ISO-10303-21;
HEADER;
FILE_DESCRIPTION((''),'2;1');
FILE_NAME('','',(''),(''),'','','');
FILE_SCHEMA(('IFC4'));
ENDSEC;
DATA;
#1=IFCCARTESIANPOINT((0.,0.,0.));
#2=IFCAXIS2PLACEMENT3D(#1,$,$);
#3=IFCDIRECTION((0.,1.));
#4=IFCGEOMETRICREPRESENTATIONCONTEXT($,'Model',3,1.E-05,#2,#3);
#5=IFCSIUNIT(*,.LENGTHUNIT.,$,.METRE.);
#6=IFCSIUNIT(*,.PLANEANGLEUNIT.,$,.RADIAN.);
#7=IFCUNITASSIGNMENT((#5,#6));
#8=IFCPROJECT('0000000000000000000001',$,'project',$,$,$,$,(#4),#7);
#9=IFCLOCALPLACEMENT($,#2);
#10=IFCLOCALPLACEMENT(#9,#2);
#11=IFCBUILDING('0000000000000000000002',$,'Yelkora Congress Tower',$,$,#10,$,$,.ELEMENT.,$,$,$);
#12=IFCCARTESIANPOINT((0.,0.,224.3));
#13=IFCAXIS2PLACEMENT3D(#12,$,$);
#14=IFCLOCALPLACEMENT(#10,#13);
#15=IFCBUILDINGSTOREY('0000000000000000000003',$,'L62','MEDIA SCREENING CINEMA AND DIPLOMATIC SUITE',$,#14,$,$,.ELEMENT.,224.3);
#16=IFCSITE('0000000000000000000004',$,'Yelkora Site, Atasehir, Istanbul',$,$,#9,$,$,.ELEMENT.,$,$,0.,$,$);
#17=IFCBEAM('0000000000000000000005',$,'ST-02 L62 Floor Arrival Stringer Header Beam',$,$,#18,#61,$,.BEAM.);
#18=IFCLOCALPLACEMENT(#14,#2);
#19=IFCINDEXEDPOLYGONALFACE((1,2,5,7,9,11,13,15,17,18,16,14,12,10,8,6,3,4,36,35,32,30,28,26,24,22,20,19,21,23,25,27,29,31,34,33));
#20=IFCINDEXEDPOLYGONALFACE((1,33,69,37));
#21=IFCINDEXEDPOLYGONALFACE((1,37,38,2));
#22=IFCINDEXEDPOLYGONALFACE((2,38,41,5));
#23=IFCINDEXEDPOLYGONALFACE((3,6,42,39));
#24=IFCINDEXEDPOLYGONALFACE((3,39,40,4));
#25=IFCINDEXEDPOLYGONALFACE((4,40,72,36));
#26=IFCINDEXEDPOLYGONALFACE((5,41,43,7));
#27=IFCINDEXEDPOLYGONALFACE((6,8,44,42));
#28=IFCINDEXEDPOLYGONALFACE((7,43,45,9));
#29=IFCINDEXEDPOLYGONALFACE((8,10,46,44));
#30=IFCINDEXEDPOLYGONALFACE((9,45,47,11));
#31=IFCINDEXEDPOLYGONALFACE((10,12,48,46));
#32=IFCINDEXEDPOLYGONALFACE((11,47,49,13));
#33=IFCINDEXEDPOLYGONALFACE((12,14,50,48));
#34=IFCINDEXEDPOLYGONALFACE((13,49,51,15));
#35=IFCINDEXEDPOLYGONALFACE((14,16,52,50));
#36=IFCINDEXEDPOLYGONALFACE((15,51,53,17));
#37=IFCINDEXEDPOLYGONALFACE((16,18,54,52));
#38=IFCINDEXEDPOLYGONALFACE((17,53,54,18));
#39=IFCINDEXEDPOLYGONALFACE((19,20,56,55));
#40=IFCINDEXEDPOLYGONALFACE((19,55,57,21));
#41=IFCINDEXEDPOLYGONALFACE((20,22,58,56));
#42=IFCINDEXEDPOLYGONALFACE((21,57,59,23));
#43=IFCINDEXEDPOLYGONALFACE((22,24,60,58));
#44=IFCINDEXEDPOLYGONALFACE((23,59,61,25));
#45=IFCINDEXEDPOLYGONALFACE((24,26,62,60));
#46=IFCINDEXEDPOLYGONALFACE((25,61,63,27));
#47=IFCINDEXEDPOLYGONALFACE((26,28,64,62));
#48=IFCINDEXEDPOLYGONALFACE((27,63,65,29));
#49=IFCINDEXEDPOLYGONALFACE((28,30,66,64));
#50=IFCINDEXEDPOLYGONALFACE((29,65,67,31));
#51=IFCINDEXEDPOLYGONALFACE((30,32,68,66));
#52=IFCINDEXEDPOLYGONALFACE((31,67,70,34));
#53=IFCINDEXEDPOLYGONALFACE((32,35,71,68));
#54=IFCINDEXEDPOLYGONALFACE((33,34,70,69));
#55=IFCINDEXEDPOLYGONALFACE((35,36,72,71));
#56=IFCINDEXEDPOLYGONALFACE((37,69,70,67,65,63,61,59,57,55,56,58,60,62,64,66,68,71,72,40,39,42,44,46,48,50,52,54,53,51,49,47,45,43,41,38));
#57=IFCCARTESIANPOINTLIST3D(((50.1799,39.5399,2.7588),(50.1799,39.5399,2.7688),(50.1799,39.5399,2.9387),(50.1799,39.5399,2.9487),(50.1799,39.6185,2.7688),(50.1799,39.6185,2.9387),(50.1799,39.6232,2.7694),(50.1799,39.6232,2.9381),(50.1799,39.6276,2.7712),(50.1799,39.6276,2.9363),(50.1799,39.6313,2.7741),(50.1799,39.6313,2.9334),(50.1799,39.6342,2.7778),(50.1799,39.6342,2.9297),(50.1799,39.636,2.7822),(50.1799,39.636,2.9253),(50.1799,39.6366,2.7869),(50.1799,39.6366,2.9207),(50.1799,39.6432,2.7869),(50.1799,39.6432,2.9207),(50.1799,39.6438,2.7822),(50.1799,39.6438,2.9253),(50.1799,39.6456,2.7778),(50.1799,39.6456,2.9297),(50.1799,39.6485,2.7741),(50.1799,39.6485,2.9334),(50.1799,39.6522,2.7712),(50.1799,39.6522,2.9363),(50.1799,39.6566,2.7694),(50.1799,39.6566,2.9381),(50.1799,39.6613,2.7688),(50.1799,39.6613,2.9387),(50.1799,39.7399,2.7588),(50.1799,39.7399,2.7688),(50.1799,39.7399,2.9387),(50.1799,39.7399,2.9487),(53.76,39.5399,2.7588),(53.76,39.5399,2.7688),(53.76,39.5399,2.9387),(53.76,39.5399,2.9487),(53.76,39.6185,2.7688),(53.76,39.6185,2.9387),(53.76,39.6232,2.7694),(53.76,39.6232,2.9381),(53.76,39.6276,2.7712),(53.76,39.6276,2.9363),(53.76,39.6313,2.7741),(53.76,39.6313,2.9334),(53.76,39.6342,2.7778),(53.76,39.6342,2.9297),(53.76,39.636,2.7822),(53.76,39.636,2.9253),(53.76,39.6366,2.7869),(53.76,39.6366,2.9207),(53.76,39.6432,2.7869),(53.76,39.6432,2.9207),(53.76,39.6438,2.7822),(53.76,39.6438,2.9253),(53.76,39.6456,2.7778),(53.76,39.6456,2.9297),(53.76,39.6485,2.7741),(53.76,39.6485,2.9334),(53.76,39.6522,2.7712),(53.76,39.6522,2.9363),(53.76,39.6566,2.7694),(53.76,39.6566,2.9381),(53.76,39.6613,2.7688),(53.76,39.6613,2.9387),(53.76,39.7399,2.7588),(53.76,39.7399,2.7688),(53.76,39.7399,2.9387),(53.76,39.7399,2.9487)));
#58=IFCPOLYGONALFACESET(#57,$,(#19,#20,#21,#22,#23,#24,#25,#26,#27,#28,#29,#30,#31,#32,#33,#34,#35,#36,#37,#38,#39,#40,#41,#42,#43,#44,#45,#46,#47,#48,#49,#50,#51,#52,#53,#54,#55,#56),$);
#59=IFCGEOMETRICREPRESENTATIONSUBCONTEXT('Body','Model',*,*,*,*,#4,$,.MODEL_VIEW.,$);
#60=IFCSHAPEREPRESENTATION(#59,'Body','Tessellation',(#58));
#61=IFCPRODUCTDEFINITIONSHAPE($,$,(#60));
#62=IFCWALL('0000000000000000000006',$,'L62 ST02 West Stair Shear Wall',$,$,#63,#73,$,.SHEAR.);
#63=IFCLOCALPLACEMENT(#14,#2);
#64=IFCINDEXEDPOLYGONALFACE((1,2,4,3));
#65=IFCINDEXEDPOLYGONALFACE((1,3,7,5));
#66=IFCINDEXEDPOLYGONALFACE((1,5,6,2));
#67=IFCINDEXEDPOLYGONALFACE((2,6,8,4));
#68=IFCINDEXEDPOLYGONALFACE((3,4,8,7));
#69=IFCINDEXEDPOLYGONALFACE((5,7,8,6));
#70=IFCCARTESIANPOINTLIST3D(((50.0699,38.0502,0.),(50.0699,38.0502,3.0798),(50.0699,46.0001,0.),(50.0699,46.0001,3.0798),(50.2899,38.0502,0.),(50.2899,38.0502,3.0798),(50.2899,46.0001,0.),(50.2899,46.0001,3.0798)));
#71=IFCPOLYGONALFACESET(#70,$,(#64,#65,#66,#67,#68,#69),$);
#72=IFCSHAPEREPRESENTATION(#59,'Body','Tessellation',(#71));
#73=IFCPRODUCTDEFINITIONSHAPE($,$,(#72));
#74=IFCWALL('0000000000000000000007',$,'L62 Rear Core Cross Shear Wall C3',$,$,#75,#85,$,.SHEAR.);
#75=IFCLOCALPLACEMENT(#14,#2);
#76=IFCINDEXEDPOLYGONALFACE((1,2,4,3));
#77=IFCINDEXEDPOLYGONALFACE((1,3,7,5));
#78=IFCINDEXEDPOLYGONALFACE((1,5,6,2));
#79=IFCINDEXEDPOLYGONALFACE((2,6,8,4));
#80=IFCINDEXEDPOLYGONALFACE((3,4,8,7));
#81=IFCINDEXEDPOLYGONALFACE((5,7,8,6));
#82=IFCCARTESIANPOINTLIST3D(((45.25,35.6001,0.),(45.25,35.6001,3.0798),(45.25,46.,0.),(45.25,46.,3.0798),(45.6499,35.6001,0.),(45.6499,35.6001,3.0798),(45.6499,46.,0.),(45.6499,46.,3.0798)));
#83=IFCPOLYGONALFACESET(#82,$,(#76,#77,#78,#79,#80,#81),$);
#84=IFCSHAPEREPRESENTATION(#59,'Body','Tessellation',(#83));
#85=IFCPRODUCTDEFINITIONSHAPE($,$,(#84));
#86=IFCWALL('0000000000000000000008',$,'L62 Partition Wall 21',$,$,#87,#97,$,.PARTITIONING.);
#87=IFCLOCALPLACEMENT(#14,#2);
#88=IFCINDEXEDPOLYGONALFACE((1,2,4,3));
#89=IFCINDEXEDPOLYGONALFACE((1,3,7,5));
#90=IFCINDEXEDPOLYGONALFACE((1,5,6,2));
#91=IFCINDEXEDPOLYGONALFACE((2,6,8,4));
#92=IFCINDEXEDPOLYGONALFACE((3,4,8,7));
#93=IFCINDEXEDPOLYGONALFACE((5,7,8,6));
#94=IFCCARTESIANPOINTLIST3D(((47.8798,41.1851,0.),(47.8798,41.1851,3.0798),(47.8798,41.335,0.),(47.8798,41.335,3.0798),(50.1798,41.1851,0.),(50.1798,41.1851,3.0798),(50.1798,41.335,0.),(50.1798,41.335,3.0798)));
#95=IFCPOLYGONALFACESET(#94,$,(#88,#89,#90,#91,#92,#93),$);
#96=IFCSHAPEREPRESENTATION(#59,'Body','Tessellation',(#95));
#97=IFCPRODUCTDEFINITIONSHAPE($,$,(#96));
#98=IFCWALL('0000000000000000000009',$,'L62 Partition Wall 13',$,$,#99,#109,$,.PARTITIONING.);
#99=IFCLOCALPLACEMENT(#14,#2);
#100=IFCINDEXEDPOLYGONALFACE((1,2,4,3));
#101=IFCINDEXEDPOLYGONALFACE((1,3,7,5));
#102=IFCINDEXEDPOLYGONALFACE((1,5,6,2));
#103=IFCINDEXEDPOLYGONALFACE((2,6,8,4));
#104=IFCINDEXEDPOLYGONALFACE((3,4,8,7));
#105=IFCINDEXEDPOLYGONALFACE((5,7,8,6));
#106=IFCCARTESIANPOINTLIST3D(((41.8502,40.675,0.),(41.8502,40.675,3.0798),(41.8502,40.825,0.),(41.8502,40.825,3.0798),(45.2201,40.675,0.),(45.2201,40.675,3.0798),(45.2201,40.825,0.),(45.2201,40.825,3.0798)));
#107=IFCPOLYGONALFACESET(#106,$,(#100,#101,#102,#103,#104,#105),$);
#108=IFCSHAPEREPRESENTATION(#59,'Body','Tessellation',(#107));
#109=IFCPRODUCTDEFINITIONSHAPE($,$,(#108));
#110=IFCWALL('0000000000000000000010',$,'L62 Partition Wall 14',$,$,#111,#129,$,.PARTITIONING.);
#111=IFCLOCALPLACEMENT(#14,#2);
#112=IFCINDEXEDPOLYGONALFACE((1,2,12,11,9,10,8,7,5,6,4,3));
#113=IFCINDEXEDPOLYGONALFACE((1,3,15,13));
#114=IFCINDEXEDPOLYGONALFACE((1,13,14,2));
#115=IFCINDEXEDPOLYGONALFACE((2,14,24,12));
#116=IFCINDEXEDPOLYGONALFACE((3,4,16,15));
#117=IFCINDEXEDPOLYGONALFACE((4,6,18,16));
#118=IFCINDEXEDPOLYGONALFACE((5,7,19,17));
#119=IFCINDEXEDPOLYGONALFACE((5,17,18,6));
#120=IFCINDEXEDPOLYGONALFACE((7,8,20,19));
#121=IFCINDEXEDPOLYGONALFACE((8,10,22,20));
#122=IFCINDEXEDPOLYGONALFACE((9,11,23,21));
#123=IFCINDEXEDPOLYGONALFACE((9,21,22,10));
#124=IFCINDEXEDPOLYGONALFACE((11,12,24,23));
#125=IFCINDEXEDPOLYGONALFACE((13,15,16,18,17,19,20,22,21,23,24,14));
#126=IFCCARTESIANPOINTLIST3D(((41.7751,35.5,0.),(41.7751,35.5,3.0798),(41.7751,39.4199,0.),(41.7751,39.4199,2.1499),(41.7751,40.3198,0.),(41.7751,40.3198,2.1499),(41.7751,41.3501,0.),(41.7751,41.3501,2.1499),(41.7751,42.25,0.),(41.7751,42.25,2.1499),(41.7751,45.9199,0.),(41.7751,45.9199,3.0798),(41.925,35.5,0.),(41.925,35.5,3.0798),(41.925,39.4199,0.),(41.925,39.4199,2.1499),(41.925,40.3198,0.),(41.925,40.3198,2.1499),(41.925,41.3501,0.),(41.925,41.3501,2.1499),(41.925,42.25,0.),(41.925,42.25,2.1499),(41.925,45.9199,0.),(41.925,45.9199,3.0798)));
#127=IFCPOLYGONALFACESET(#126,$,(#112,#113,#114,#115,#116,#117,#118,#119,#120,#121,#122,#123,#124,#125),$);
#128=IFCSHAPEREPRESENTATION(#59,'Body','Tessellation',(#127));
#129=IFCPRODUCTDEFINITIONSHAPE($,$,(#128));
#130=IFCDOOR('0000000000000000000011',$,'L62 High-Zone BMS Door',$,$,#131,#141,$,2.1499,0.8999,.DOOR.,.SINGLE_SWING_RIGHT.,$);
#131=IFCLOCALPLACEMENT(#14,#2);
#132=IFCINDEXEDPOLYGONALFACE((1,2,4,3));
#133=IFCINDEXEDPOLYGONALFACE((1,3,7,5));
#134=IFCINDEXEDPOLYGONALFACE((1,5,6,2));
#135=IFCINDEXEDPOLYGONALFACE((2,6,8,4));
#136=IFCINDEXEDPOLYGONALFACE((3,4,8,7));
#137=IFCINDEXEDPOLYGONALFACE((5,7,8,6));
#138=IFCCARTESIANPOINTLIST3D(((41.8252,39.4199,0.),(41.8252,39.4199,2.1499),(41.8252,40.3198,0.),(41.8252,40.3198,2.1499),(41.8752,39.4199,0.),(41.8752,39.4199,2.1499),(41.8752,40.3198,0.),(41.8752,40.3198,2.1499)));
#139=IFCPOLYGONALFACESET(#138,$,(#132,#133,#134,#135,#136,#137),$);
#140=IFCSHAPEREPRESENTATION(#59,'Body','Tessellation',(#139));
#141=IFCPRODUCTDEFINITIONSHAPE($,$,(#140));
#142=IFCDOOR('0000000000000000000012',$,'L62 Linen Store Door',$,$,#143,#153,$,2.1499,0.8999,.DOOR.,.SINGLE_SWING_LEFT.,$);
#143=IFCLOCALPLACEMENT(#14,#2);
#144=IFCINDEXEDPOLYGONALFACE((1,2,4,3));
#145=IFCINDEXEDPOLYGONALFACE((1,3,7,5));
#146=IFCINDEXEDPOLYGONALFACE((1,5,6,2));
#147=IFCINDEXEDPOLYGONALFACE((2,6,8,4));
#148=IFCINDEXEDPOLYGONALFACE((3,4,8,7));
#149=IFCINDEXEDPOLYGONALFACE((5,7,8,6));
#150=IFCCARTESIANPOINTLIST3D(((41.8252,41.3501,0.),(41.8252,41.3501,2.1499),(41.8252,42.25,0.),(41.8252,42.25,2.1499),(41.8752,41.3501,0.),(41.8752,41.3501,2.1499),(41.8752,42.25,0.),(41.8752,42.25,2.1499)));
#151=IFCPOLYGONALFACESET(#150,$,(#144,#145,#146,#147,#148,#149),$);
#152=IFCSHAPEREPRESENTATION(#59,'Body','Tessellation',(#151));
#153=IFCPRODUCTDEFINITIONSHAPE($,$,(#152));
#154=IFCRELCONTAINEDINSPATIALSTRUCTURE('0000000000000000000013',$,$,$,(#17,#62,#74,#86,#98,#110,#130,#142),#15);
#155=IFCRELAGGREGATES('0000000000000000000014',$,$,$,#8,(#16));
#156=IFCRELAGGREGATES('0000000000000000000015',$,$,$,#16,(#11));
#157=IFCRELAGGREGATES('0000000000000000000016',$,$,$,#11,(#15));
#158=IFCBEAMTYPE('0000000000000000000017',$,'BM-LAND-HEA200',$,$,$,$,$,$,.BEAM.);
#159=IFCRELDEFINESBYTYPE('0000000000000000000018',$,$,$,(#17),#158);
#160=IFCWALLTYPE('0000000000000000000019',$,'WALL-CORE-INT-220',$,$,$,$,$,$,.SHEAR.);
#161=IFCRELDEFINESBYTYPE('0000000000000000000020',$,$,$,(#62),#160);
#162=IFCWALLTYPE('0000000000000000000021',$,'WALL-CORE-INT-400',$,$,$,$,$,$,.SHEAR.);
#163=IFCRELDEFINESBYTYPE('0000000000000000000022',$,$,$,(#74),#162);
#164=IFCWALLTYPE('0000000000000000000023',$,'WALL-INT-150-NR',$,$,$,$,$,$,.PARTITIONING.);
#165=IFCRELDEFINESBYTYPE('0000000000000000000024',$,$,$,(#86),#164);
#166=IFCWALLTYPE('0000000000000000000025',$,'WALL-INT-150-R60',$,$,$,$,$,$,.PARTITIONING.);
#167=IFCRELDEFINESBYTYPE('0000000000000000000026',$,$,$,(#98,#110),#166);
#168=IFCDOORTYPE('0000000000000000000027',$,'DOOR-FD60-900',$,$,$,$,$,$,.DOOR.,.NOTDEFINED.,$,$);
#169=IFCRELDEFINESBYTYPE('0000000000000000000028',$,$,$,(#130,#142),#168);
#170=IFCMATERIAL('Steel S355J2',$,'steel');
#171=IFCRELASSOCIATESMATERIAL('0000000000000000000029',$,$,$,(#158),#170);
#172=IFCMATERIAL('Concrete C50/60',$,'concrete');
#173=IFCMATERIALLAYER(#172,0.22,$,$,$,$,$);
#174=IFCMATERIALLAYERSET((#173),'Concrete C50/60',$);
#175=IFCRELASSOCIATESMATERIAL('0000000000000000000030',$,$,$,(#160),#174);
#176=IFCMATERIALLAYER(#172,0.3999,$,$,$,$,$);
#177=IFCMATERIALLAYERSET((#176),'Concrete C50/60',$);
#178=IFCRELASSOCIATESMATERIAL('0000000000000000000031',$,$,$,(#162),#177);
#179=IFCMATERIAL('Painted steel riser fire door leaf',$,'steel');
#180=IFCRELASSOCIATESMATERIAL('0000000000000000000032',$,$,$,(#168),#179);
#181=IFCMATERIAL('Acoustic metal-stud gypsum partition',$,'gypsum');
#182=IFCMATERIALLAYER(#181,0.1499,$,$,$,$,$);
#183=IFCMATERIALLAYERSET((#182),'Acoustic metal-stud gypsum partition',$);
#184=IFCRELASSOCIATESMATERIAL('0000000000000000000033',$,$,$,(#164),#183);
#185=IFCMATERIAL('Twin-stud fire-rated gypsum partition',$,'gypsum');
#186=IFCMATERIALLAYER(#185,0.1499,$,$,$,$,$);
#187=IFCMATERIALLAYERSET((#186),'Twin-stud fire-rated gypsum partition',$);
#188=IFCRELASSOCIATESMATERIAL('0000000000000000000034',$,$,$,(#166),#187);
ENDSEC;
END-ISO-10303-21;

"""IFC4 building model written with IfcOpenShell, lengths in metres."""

from ifc_helpers import new_model, si_unit, direction, frame, frame_2d, origin, origin_2d, place, context, subcontext, project, spatial, rectangle, i_section, extrude, material, layer, layer_set, material_profile, profile_set, type_object, element, fill, save


model = new_model("IFC4")

# Units and contexts
model_context = context("Model", 3, precision=1e-05, world=origin(), true_north=direction((0.0, 1.0)))
body_context = subcontext(model_context, "Body", "Model", "MODEL_VIEW")
ifc_project = project(units=[si_unit("LENGTHUNIT", "METRE"), si_unit("PLANEANGLEUNIT", "RADIAN")], contexts=[model_context])

# Site, building, storey
site_placement = place(None, origin())
site = spatial("IfcSite", under=ifc_project, at=site_placement, Name="Yelkora Site, Atasehir, Istanbul", CompositionType="ELEMENT", RefElevation=0.0)
building_placement = place(site_placement, origin())
building = spatial("IfcBuilding", under=site, at=building_placement, Name="Yelkora Congress Tower", CompositionType="ELEMENT")
storey_placement = place(building_placement, frame((0.0, 0.0, 224.3)))
storey = spatial("IfcBuildingStorey", under=building, at=storey_placement, Name="L62", Description="MEDIA SCREENING CINEMA AND DIPLOMATIC SUITE", CompositionType="ELEMENT", Elevation=224.3)

# Beam
ifc_material_1 = material(Name="Steel S355J2", Category="steel")
ifc_material_profile_1 = material_profile(ifc_material_1, i_section(OverallWidth=0.2, OverallDepth=0.1899, WebThickness=0.0066, FlangeThickness=0.01, FilletRadius=0.0181, at=origin_2d()), Name="HEA 200")
ifc_profile_set_1 = profile_set([ifc_material_profile_1], Name="Steel S355J2")
beam_type_1 = type_object("IfcBeamType", Name="BM-LAND-HEA200", PredefinedType="BEAM", material=ifc_profile_set_1)
beam_1_placement = place(storey_placement, frame((50.1799, 39.6399, 2.8538), z_axis=(1.0, 0.0, 0.0), x_axis=(0.0, 1.0, 0.0)))
element("IfcBeam", 1, at=beam_1_placement, inside=storey, type_object=beam_type_1, Name="ST-02 L62 Floor Arrival Stringer Header Beam", PredefinedType="BEAM", context=body_context, shape_type="SweptSolid", body=[
    extrude(i_section(OverallWidth=0.2, OverallDepth=0.1899, WebThickness=0.0066, FlangeThickness=0.01, FilletRadius=0.0181, at=origin_2d()), origin(), (0.0, 0.0, 1.0), 3.5801),
])

# Wall
ifc_material_2 = material(Name="Concrete C50/60", Category="concrete")
ifc_layer_1 = layer(ifc_material_2, 0.22)
ifc_layer_set_1 = layer_set([ifc_layer_1], Name="Concrete C50/60")
wall_type_1 = type_object("IfcWallType", Name="WALL-CORE-INT-220", PredefinedType="SHEAR", material=ifc_layer_set_1)
wall_1_placement = place(storey_placement, frame((50.1799, 38.05, 0.0), z_axis=(0.0, 0.0, 1.0), x_axis=(0.0, 1.0, 0.0)))
element("IfcWall", 2, at=wall_1_placement, inside=storey, type_object=wall_type_1, Name="L62 ST02 West Stair Shear Wall", PredefinedType="SHEAR", context=body_context, shape_type="SweptSolid", body=[
    extrude(rectangle(XDim=7.95, YDim=0.22, at=frame_2d((3.9751, 0.0))), origin(), (0.0, 0.0, 1.0), 3.0798),
])

# Shared definitions
ifc_layer_2 = layer(ifc_material_2, 0.3999)
ifc_layer_set_2 = layer_set([ifc_layer_2], Name="Concrete C50/60")
wall_type_2 = type_object("IfcWallType", Name="WALL-CORE-INT-400", PredefinedType="SHEAR", material=ifc_layer_set_2)
ifc_material_3 = material(Name="Painted steel riser fire door leaf", Category="steel")
door_type_1 = type_object("IfcDoorType", Name="DOOR-FD60-900", OperationType="NOTDEFINED", PredefinedType="DOOR", material=ifc_material_3)

# Walls
wall_2_placement = place(storey_placement, frame((45.45, 35.6001, 0.0), z_axis=(0.0, 0.0, 1.0), x_axis=(0.0, 1.0, 0.0)))
element("IfcWall", 3, at=wall_2_placement, inside=storey, type_object=wall_type_2, Name="L62 Rear Core Cross Shear Wall C3", PredefinedType="SHEAR", context=body_context, shape_type="SweptSolid", body=[
    extrude(rectangle(XDim=10.3999, YDim=0.3999, at=frame_2d((5.2, 0.0))), origin(), (0.0, 0.0, 1.0), 3.0798),
])
ifc_material_4 = material(Name="Acoustic metal-stud gypsum partition", Category="gypsum")
ifc_layer_3 = layer(ifc_material_4, 0.1499)
ifc_layer_set_3 = layer_set([ifc_layer_3], Name="Acoustic metal-stud gypsum partition")
wall_type_3 = type_object("IfcWallType", Name="WALL-INT-150-NR", PredefinedType="PARTITIONING", material=ifc_layer_set_3)
wall_3_placement = place(storey_placement, frame((47.8799, 41.26, 0.0), z_axis=(0.0, 0.0, 1.0), x_axis=(1.0, 0.0, 0.0)))
element("IfcWall", 4, at=wall_3_placement, inside=storey, type_object=wall_type_3, Name="L62 Partition Wall 21", PredefinedType="PARTITIONING", context=body_context, shape_type="SweptSolid", body=[
    extrude(rectangle(XDim=2.3, YDim=0.1499, at=frame_2d((1.1499, 0.0))), origin(), (0.0, 0.0, 1.0), 3.0798),
])

# Wall
ifc_material_5 = material(Name="Twin-stud fire-rated gypsum partition", Category="gypsum")
ifc_layer_4 = layer(ifc_material_5, 0.1499)
ifc_layer_set_4 = layer_set([ifc_layer_4], Name="Twin-stud fire-rated gypsum partition")
wall_type_4 = type_object("IfcWallType", Name="WALL-INT-150-R60", PredefinedType="PARTITIONING", material=ifc_layer_set_4)
wall_4_placement = place(storey_placement, frame((41.8501, 40.75, 0.0), z_axis=(0.0, 0.0, 1.0), x_axis=(1.0, 0.0, 0.0)))
element("IfcWall", 5, at=wall_4_placement, inside=storey, type_object=wall_type_4, Name="L62 Partition Wall 13", PredefinedType="PARTITIONING", context=body_context, shape_type="SweptSolid", body=[
    extrude(rectangle(XDim=3.3699, YDim=0.1499, at=frame_2d((1.6851, 0.0))), origin(), (0.0, 0.0, 1.0), 3.0798),
])

# Wall, openings, doors
wall_5_placement = place(storey_placement, frame((41.8501, 35.5, 0.0), z_axis=(0.0, 0.0, 1.0), x_axis=(0.0, 1.0, 0.0)))
wall_5 = element("IfcWall", 6, at=wall_5_placement, inside=storey, type_object=wall_type_4, Name="L62 Partition Wall 14", PredefinedType="PARTITIONING", context=body_context, shape_type="SweptSolid", body=[
    extrude(rectangle(XDim=10.4199, YDim=0.1499, at=frame_2d((5.21, 0.0))), origin(), (0.0, 0.0, 1.0), 3.0798),
])
opening_1_placement = place(wall_5_placement, frame((3.9199, 0.0, 0.0)))
opening_1 = element("IfcOpeningElement", 7, at=opening_1_placement, cuts=wall_5, PredefinedType="OPENING", context=body_context, shape_type="SweptSolid", body=[
    extrude(rectangle(XDim=0.8999, YDim=2.1499, at=frame_2d((0.45, 1.075))), frame((0.0, 0.085, 0.0), z_axis=(0.0, -1.0, 0.0), x_axis=(1.0, 0.0, 0.0)), (0.0, 0.0, 1.0), 0.1699),
])
opening_2_placement = place(wall_5_placement, frame((5.8501, 0.0, 0.0)))
opening_2 = element("IfcOpeningElement", 8, at=opening_2_placement, cuts=wall_5, PredefinedType="OPENING", context=body_context, shape_type="SweptSolid", body=[
    extrude(rectangle(XDim=0.8999, YDim=2.1499, at=frame_2d((0.45, 1.075))), frame((0.0, 0.085, 0.0), z_axis=(0.0, -1.0, 0.0), x_axis=(1.0, 0.0, 0.0)), (0.0, 0.0, 1.0), 0.1699),
])
door_1_placement = place(opening_1_placement, origin())
door_1 = element("IfcDoor", 9, at=door_1_placement, inside=storey, type_object=door_type_1, Name="L62 High-Zone BMS Door", OperationType="SINGLE_SWING_RIGHT", OverallHeight=2.1499, OverallWidth=0.8999, PredefinedType="DOOR", context=body_context, shape_type="SweptSolid", body=[
    extrude(rectangle(XDim=0.8999, YDim=2.1499, at=frame_2d((0.45, 1.075))), frame((0.0, 0.0249, 0.0), z_axis=(0.0, -1.0, 0.0), x_axis=(1.0, 0.0, 0.0)), (0.0, 0.0, 1.0), 0.05),
])
fill(opening_1, door_1)
door_2_placement = place(opening_2_placement, origin())
door_2 = element("IfcDoor", 10, at=door_2_placement, inside=storey, type_object=door_type_1, Name="L62 Linen Store Door", OperationType="SINGLE_SWING_LEFT", OverallHeight=2.1499, OverallWidth=0.8999, PredefinedType="DOOR", context=body_context, shape_type="SweptSolid", body=[
    extrude(rectangle(XDim=0.8999, YDim=2.1499, at=frame_2d((0.45, 1.075))), frame((0.0, 0.0249, 0.0), z_axis=(0.0, -1.0, 0.0), x_axis=(1.0, 0.0, 0.0)), (0.0, 0.0, 1.0), 0.05),
])
fill(opening_2, door_2)

save(model, "model.ifc")
